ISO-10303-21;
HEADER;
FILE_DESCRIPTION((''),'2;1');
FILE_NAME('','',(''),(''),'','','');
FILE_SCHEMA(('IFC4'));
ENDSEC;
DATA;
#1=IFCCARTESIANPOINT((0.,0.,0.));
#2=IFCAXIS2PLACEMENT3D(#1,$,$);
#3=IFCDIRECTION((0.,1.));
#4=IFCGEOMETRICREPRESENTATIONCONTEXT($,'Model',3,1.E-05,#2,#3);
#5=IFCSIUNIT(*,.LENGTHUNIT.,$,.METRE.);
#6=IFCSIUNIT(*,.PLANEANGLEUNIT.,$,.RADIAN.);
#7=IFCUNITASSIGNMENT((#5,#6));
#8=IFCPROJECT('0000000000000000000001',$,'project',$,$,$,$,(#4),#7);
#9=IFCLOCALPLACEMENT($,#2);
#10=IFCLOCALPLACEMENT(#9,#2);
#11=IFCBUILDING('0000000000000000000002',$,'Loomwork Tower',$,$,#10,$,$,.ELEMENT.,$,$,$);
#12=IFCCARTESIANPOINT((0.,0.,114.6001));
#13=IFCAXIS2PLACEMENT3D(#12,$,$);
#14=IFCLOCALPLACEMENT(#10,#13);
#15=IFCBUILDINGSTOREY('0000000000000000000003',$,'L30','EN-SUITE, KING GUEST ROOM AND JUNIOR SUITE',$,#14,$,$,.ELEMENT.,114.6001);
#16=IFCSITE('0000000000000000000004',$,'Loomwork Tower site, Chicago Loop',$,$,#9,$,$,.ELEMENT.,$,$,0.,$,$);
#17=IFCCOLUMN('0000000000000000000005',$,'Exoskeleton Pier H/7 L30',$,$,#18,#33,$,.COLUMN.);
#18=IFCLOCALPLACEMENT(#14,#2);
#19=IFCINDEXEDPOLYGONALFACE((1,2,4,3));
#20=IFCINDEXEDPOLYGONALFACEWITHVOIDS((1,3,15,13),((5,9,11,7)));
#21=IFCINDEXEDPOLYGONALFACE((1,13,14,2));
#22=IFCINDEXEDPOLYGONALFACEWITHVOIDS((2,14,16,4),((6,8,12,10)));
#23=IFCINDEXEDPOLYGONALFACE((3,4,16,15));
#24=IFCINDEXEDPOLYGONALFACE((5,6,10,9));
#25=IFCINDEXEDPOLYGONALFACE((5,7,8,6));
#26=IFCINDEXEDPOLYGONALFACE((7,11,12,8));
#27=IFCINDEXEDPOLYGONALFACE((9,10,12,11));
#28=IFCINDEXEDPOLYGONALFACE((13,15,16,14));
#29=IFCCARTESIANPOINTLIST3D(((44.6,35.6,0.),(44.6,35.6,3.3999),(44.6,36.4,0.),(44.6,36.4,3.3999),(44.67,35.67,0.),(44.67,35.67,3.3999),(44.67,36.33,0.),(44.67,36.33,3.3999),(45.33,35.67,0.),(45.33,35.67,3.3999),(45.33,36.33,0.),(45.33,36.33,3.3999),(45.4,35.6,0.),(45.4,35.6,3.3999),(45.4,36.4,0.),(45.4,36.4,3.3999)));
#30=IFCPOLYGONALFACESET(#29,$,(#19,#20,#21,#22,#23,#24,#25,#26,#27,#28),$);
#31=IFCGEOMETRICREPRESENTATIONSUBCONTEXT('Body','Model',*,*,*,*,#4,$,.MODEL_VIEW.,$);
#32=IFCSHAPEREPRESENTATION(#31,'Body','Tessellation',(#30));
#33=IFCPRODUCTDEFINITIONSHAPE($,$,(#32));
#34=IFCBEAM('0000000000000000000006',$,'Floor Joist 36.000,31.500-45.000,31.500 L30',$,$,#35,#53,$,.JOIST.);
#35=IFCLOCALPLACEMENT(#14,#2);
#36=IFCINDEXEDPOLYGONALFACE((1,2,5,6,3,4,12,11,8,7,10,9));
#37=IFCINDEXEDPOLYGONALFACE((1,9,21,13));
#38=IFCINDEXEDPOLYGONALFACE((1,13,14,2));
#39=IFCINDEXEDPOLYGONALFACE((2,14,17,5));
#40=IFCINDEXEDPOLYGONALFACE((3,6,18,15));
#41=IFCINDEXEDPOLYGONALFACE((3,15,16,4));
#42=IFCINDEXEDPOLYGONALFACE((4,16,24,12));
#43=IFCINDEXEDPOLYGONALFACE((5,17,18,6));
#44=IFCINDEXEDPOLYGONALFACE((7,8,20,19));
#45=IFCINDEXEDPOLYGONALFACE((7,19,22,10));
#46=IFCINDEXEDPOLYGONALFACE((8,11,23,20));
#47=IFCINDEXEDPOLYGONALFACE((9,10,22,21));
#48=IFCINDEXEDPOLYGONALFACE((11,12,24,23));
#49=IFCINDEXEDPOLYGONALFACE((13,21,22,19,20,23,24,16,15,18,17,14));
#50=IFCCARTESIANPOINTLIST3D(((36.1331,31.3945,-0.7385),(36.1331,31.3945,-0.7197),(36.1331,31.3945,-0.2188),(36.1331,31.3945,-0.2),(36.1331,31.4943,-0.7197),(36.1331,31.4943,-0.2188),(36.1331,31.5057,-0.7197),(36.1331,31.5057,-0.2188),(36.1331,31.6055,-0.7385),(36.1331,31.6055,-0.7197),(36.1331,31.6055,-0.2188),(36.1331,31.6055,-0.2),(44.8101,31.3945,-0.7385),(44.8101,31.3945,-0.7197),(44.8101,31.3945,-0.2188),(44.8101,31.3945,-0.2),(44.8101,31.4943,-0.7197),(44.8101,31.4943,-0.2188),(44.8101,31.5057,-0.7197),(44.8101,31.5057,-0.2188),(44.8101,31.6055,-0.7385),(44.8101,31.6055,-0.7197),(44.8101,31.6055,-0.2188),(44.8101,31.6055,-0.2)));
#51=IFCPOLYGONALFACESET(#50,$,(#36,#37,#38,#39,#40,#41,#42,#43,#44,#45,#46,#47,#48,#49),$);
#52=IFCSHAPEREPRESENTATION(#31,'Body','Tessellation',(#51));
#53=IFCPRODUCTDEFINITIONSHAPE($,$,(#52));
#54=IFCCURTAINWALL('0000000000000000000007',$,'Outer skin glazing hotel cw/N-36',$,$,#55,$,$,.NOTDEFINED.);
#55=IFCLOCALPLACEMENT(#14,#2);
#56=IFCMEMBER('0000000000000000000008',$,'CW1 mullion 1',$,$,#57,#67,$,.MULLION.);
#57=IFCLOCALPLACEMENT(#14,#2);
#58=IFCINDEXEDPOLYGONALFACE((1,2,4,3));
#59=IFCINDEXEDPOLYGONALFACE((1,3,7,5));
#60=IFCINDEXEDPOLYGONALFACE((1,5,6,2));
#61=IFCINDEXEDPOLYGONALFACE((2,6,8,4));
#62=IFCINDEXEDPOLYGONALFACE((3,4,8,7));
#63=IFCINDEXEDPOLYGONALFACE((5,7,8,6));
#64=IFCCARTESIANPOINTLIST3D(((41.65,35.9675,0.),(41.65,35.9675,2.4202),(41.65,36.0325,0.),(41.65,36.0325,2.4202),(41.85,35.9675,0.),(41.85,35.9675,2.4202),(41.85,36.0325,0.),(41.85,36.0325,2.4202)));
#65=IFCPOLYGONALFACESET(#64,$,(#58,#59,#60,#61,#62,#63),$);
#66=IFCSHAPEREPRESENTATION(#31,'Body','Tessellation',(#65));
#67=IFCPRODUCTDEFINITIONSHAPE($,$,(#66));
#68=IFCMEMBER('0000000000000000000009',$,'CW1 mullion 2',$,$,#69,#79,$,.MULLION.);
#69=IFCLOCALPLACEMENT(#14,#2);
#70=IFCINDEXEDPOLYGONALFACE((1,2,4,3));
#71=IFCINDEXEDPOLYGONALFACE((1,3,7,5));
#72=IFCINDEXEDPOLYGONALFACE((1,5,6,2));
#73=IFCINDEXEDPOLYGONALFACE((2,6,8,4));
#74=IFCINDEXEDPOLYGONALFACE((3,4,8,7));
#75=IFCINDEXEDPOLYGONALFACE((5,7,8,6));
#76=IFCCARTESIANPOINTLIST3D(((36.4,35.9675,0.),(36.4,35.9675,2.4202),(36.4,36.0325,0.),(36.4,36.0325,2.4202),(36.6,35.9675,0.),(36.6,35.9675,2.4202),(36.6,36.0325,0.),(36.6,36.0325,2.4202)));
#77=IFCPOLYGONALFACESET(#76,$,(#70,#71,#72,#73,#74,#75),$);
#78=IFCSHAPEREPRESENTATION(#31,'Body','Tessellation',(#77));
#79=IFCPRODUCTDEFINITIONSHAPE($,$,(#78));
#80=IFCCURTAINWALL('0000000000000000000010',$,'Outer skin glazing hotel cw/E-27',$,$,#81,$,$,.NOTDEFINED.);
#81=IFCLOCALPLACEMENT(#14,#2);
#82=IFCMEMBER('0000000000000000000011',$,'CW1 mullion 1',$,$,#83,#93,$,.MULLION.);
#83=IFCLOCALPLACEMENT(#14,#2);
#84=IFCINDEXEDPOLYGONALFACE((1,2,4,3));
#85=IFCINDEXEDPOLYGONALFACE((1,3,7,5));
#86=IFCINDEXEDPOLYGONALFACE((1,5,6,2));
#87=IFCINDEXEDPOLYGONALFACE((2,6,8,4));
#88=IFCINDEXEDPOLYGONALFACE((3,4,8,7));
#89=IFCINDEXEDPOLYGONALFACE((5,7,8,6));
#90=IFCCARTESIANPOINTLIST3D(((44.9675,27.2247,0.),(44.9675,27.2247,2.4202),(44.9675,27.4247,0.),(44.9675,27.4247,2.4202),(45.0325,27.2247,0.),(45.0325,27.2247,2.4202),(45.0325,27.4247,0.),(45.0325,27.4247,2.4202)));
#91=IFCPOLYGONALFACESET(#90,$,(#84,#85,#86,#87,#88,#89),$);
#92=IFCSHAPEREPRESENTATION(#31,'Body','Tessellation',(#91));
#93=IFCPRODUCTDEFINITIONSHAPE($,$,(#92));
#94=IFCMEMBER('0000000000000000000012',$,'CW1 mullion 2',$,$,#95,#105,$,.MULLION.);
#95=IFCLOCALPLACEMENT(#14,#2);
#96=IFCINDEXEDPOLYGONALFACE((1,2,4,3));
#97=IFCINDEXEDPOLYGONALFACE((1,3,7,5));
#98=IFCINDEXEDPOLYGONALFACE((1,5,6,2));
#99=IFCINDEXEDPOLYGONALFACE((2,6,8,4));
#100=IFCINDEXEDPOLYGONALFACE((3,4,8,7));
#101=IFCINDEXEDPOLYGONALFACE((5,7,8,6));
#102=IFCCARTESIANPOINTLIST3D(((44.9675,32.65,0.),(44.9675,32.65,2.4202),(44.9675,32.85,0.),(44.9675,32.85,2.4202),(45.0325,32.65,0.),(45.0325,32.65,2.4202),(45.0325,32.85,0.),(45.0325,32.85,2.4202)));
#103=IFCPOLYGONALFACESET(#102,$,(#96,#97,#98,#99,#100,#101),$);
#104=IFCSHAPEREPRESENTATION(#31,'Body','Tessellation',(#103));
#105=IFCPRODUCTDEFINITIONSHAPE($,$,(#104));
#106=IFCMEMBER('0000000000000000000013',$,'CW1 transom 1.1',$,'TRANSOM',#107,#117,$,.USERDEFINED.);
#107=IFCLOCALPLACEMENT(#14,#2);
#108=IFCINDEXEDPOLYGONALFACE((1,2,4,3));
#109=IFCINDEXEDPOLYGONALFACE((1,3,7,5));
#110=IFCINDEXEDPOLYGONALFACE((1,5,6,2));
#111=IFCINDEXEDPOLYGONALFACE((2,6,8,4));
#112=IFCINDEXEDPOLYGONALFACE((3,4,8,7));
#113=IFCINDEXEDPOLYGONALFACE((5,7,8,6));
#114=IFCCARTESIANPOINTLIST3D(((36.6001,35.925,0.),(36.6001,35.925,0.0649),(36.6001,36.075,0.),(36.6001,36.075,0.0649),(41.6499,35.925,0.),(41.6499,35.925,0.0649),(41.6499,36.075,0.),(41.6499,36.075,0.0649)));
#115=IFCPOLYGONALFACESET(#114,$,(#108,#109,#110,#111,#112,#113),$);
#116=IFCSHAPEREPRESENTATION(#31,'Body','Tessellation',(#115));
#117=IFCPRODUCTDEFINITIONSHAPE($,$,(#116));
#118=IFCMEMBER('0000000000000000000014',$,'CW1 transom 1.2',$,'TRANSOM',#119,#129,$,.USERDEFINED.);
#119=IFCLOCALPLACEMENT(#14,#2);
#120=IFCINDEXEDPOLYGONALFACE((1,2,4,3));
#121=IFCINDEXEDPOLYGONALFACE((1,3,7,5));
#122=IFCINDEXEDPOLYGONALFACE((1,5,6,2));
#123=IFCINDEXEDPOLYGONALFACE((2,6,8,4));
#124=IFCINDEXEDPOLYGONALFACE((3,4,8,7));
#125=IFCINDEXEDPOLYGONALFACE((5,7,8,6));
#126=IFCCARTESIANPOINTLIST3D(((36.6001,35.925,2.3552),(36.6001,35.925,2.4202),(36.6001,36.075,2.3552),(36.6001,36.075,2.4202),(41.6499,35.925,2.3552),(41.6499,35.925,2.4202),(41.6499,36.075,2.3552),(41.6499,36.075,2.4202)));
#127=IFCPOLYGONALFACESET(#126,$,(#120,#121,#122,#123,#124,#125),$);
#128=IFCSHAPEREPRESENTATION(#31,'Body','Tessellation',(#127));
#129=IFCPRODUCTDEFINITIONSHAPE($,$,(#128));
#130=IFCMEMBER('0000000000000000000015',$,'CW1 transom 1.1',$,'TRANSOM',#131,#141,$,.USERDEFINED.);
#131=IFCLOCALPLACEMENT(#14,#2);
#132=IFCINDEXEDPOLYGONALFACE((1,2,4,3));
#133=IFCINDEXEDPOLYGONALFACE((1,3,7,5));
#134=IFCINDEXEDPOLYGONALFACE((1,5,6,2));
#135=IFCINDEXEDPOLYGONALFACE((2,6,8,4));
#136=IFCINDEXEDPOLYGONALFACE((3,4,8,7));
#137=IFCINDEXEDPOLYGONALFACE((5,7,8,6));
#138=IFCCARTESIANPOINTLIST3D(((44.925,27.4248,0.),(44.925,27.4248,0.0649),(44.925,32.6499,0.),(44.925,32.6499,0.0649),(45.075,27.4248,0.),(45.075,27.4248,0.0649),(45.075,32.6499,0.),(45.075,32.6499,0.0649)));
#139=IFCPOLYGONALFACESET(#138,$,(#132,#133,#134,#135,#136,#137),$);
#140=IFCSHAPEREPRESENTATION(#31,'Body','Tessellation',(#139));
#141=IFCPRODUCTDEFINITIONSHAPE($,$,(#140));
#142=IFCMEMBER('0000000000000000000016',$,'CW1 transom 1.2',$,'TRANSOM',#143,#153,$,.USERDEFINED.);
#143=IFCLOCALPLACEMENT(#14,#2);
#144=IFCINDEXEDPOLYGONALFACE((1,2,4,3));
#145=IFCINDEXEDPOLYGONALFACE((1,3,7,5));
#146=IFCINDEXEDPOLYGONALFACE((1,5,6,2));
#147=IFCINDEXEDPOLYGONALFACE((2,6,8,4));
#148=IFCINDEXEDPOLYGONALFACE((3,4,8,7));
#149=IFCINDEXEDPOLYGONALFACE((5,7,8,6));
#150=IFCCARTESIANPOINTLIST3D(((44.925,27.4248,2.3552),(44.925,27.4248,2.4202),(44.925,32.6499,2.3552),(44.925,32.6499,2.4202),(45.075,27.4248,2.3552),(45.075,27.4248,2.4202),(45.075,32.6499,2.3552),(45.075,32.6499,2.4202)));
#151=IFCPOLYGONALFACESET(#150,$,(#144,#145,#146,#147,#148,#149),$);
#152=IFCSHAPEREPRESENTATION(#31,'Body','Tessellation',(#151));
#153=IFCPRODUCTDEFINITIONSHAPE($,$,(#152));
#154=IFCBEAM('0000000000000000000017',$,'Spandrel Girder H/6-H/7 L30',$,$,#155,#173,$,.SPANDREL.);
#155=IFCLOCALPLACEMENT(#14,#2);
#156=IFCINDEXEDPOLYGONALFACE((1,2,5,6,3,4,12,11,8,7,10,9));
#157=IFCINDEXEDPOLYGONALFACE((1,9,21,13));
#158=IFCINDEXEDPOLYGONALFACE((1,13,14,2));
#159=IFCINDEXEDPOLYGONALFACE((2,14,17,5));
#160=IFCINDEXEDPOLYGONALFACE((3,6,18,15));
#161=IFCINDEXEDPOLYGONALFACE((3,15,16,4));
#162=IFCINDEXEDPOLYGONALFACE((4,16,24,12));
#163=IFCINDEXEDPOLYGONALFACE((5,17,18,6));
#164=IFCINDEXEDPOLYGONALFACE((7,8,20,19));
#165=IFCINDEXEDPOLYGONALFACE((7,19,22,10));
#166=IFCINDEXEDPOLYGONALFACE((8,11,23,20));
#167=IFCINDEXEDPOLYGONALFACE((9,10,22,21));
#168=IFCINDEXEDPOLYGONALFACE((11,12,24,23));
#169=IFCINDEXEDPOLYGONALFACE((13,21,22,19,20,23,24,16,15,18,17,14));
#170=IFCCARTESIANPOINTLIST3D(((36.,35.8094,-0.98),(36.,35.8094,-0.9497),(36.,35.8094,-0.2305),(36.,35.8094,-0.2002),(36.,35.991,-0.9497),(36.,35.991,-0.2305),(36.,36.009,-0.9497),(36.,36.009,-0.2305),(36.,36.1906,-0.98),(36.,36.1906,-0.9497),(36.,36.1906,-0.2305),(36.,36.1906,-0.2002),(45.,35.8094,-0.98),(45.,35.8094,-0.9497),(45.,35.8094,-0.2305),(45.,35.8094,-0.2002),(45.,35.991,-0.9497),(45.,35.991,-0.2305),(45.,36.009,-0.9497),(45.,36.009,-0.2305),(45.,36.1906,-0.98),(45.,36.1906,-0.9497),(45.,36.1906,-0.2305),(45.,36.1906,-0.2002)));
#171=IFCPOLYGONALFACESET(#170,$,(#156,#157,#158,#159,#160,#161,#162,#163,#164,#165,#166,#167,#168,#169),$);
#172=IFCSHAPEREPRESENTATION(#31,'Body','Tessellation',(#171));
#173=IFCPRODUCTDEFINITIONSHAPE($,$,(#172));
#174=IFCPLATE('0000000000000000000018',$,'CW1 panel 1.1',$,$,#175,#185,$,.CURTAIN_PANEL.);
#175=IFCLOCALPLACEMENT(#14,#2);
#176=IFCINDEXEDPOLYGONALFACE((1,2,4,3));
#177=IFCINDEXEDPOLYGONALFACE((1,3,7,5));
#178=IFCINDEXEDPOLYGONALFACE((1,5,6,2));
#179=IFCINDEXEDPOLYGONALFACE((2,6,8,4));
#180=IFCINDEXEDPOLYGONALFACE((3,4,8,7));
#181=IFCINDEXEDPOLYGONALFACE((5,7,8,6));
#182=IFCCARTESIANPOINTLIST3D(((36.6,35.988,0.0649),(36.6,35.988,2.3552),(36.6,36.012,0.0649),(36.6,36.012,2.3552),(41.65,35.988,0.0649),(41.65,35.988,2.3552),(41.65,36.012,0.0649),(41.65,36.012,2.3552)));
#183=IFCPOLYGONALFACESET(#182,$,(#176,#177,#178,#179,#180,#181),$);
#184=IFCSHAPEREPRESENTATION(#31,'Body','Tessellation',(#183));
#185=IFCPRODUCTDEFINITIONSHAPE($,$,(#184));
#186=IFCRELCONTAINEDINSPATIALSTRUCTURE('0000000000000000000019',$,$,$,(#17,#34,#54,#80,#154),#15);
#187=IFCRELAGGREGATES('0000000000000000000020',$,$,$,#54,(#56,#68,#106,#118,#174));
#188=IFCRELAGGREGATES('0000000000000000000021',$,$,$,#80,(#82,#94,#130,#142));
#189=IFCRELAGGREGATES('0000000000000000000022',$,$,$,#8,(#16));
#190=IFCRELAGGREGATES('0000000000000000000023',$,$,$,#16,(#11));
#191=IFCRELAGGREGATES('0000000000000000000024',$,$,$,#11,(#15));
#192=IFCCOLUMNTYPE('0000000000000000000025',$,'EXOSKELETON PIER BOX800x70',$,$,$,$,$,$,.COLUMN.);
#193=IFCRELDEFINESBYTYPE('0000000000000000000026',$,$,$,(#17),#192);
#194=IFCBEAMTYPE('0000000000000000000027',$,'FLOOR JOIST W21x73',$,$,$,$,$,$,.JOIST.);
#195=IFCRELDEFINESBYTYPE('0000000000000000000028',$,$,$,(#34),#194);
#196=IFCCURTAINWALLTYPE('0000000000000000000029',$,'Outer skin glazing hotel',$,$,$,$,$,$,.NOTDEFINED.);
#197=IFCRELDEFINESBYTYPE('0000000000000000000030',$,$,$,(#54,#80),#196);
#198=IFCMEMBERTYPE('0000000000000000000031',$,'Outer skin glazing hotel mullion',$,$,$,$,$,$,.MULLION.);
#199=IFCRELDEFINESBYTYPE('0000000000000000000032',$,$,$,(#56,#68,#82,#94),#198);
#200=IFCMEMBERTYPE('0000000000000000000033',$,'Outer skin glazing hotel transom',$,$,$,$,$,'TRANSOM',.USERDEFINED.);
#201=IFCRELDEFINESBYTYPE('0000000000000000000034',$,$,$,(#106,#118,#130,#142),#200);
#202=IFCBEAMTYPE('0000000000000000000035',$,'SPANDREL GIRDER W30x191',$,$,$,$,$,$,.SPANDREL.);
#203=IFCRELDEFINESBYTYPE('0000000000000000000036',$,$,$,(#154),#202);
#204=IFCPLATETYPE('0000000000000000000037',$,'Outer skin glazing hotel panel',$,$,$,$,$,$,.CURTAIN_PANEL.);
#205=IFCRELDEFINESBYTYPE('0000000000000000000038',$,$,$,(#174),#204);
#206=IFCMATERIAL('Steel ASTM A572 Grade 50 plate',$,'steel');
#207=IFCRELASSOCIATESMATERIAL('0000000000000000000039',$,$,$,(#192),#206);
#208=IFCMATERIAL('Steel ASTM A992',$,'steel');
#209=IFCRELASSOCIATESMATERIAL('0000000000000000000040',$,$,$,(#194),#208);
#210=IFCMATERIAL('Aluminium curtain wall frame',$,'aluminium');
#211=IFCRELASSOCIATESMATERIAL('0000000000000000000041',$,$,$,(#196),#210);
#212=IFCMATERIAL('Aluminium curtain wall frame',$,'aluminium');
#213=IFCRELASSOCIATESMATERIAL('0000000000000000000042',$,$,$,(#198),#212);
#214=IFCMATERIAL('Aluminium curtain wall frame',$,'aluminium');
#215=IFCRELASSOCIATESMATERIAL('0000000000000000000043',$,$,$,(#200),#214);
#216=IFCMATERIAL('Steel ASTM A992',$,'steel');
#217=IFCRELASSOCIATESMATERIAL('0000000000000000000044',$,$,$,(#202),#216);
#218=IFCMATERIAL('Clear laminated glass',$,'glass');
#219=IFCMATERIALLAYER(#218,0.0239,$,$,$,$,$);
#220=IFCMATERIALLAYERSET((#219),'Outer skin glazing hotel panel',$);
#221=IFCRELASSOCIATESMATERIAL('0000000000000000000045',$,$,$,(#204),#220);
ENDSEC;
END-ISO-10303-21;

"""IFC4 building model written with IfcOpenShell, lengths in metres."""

from ifc_helpers import new_model, si_unit, direction, frame, origin, origin_2d, place, context, subcontext, project, spatial, rectangle, hollow_rectangle, i_section, extrude, material, layer, layer_set, material_profile, profile_set, type_object, element, aggregate, save


model = new_model("IFC4")

# Units and contexts
model_context = context("Model", 3, precision=1e-05, world=origin(), true_north=direction((0.0, 1.0)))
body_context = subcontext(model_context, "Body", "Model", "MODEL_VIEW")
ifc_project = project(units=[si_unit("LENGTHUNIT", "METRE"), si_unit("PLANEANGLEUNIT", "RADIAN")], contexts=[model_context])

# Site, building, storey
site_placement = place(None, origin())
site = spatial("IfcSite", under=ifc_project, at=site_placement, Name="Loomwork Tower site, Chicago Loop", CompositionType="ELEMENT", RefElevation=0.0)
building_placement = place(site_placement, origin())
building = spatial("IfcBuilding", under=site, at=building_placement, Name="Loomwork Tower", CompositionType="ELEMENT")
storey_placement = place(building_placement, frame((0.0, 0.0, 114.6001)))
storey = spatial("IfcBuildingStorey", under=building, at=storey_placement, Name="L30", Description="EN-SUITE, KING GUEST ROOM AND JUNIOR SUITE", CompositionType="ELEMENT", Elevation=114.6001)

# Column
ifc_material_1 = material(Name="Steel ASTM A572 Grade 50 plate", Category="steel")
ifc_material_profile_1 = material_profile(ifc_material_1, hollow_rectangle(XDim=0.8, YDim=0.8, WallThickness=0.0701, at=origin_2d()), Name="BOX800x70")
ifc_profile_set_1 = profile_set([ifc_material_profile_1], Name="Steel ASTM A572 Grade 50 plate")
column_type = type_object("IfcColumnType", Name="EXOSKELETON PIER BOX800x70", PredefinedType="COLUMN", material=ifc_profile_set_1)
column_placement = place(storey_placement, frame((45.0, 36.0, 0.0), z_axis=(0.0, 0.0, 1.0), x_axis=(1.0, 0.0, 0.0)))
element("IfcColumn", 1, at=column_placement, inside=storey, type_object=column_type, Name="Exoskeleton Pier H/7 L30", PredefinedType="COLUMN", context=body_context, shape_type="SweptSolid", body=[
    extrude(hollow_rectangle(XDim=0.8, YDim=0.8, WallThickness=0.0701, at=origin_2d()), origin(), (0.0, 0.0, 1.0), 3.3999),
])

# Beam
ifc_material_2 = material(Name="Steel ASTM A992", Category="steel")
ifc_material_profile_2 = material_profile(ifc_material_2, i_section(OverallWidth=0.2109, OverallDepth=0.5386, WebThickness=0.0115, FlangeThickness=0.0188, at=origin_2d()), Name="W21x73")
ifc_profile_set_2 = profile_set([ifc_material_profile_2], Name="Steel ASTM A992")
beam_type_1 = type_object("IfcBeamType", Name="FLOOR JOIST W21x73", PredefinedType="JOIST", material=ifc_profile_set_2)
beam_1_placement = place(storey_placement, frame((36.1331, 31.5, -0.4692), z_axis=(1.0, 0.0, 0.0), x_axis=(0.0, 1.0, 0.0)))
element("IfcBeam", 2, at=beam_1_placement, inside=storey, type_object=beam_type_1, Name="Floor Joist 36.000,31.500-45.000,31.500 L30", PredefinedType="JOIST", context=body_context, shape_type="SweptSolid", body=[
    extrude(i_section(OverallWidth=0.2109, OverallDepth=0.5386, WebThickness=0.0115, FlangeThickness=0.0188, at=origin_2d()), origin(), (0.0, 0.0, 1.0), 8.677),
])

# Curtain walls, members
ifc_material_3 = material(Name="Aluminium curtain wall frame", Category="aluminium")
curtain_wall_type = type_object("IfcCurtainWallType", Name="Outer skin glazing hotel", PredefinedType="NOTDEFINED", material=ifc_material_3)
curtain_wall_1_placement = place(storey_placement, origin())
curtain_wall_1 = element("IfcCurtainWall", 3, at=curtain_wall_1_placement, inside=storey, type_object=curtain_wall_type, Name="Outer skin glazing hotel cw/N-36", PredefinedType="NOTDEFINED")
ifc_material_4 = material(Name="Aluminium curtain wall frame", Category="aluminium")
ifc_material_profile_3 = material_profile(ifc_material_4, rectangle(XDim=0.0649, YDim=0.2, at=origin_2d()), Name="AL 65x200")
ifc_profile_set_3 = profile_set([ifc_material_profile_3], Name="Aluminium curtain wall frame")
member_type_1 = type_object("IfcMemberType", Name="Outer skin glazing hotel mullion", PredefinedType="MULLION", material=ifc_profile_set_3)
member_1_placement = place(storey_placement, frame((41.75, 36.0, 0.0), z_axis=(0.0, 0.0, 1.0), x_axis=(0.0, -1.0, 0.0)))
member_1 = element("IfcMember", 4, at=member_1_placement, type_object=member_type_1, Name="CW1 mullion 1", PredefinedType="MULLION", context=body_context, shape_type="SweptSolid", body=[
    extrude(rectangle(XDim=0.0649, YDim=0.2, at=origin_2d()), origin(), (0.0, 0.0, 1.0), 2.4202),
])
member_2_placement = place(storey_placement, frame((36.5, 36.0, 0.0), z_axis=(0.0, 0.0, 1.0), x_axis=(0.0, -1.0, 0.0)))
member_2 = element("IfcMember", 5, at=member_2_placement, type_object=member_type_1, Name="CW1 mullion 2", PredefinedType="MULLION", context=body_context, shape_type="SweptSolid", body=[
    extrude(rectangle(XDim=0.0649, YDim=0.2, at=origin_2d()), origin(), (0.0, 0.0, 1.0), 2.4202),
])
curtain_wall_2_placement = place(storey_placement, origin())
curtain_wall_2 = element("IfcCurtainWall", 6, at=curtain_wall_2_placement, inside=storey, type_object=curtain_wall_type, Name="Outer skin glazing hotel cw/E-27", PredefinedType="NOTDEFINED")
member_3_placement = place(storey_placement, frame((45.0, 27.3247, 0.0), z_axis=(0.0, 0.0, 1.0), x_axis=(-1.0, 0.0, 0.0)))
member_3 = element("IfcMember", 7, at=member_3_placement, type_object=member_type_1, Name="CW1 mullion 1", PredefinedType="MULLION", context=body_context, shape_type="SweptSolid", body=[
    extrude(rectangle(XDim=0.0649, YDim=0.2, at=origin_2d()), origin(), (0.0, 0.0, 1.0), 2.4202),
])
member_4_placement = place(storey_placement, frame((45.0, 32.75, 0.0), z_axis=(0.0, 0.0, 1.0), x_axis=(-1.0, 0.0, 0.0)))
member_4 = element("IfcMember", 8, at=member_4_placement, type_object=member_type_1, Name="CW1 mullion 2", PredefinedType="MULLION", context=body_context, shape_type="SweptSolid", body=[
    extrude(rectangle(XDim=0.0649, YDim=0.2, at=origin_2d()), origin(), (0.0, 0.0, 1.0), 2.4202),
])

# Members
ifc_material_5 = material(Name="Aluminium curtain wall frame", Category="aluminium")
ifc_material_profile_4 = material_profile(ifc_material_5, rectangle(XDim=0.1499, YDim=0.0649, at=origin_2d()), Name="AL 65x150")
ifc_profile_set_4 = profile_set([ifc_material_profile_4], Name="Aluminium curtain wall frame")
member_type_2 = type_object("IfcMemberType", Name="Outer skin glazing hotel transom", ElementType="TRANSOM", PredefinedType="USERDEFINED", material=ifc_profile_set_4)
member_5_placement = place(storey_placement, frame((41.6499, 36.0, 0.0325), z_axis=(-1.0, 0.0, 0.0), x_axis=(0.0, -1.0, 0.0)))
member_5 = element("IfcMember", 9, at=member_5_placement, type_object=member_type_2, Name="CW1 transom 1.1", ObjectType="TRANSOM", PredefinedType="USERDEFINED", context=body_context, shape_type="SweptSolid", body=[
    extrude(rectangle(XDim=0.1499, YDim=0.0649, at=origin_2d()), origin(), (0.0, 0.0, 1.0), 5.0498),
])
member_6_placement = place(storey_placement, frame((41.6499, 36.0, 2.3877), z_axis=(-1.0, 0.0, 0.0), x_axis=(0.0, -1.0, 0.0)))
member_6 = element("IfcMember", 10, at=member_6_placement, type_object=member_type_2, Name="CW1 transom 1.2", ObjectType="TRANSOM", PredefinedType="USERDEFINED", context=body_context, shape_type="SweptSolid", body=[
    extrude(rectangle(XDim=0.1499, YDim=0.0649, at=origin_2d()), origin(), (0.0, 0.0, 1.0), 5.0498),
])
member_7_placement = place(storey_placement, frame((45.0, 27.4248, 0.0325), z_axis=(0.0, 1.0, 0.0), x_axis=(-1.0, 0.0, 0.0)))
member_7 = element("IfcMember", 11, at=member_7_placement, type_object=member_type_2, Name="CW1 transom 1.1", ObjectType="TRANSOM", PredefinedType="USERDEFINED", context=body_context, shape_type="SweptSolid", body=[
    extrude(rectangle(XDim=0.1499, YDim=0.0649, at=origin_2d()), origin(), (0.0, 0.0, 1.0), 5.2251),
])
member_8_placement = place(storey_placement, frame((45.0, 27.4248, 2.3877), z_axis=(0.0, 1.0, 0.0), x_axis=(-1.0, 0.0, 0.0)))
member_8 = element("IfcMember", 12, at=member_8_placement, type_object=member_type_2, Name="CW1 transom 1.2", ObjectType="TRANSOM", PredefinedType="USERDEFINED", context=body_context, shape_type="SweptSolid", body=[
    extrude(rectangle(XDim=0.1499, YDim=0.0649, at=origin_2d()), origin(), (0.0, 0.0, 1.0), 5.2251),
])

# Beam
ifc_material_6 = material(Name="Steel ASTM A992", Category="steel")
ifc_material_profile_5 = material_profile(ifc_material_6, i_section(OverallWidth=0.3811, OverallDepth=0.7798, WebThickness=0.0181, FlangeThickness=0.0303, at=origin_2d()), Name="W30x191")
ifc_profile_set_5 = profile_set([ifc_material_profile_5], Name="Steel ASTM A992")
beam_type_2 = type_object("IfcBeamType", Name="SPANDREL GIRDER W30x191", PredefinedType="SPANDREL", material=ifc_profile_set_5)
beam_2_placement = place(storey_placement, frame((36.0, 36.0, -0.5901), z_axis=(1.0, 0.0, 0.0), x_axis=(0.0, 1.0, 0.0)))
element("IfcBeam", 13, at=beam_2_placement, inside=storey, type_object=beam_type_2, Name="Spandrel Girder H/6-H/7 L30", PredefinedType="SPANDREL", context=body_context, shape_type="SweptSolid", body=[
    extrude(i_section(OverallWidth=0.3811, OverallDepth=0.7798, WebThickness=0.0181, FlangeThickness=0.0303, at=origin_2d()), origin(), (0.0, 0.0, 1.0), 9.0),
])

# Plate
ifc_material_7 = material(Name="Clear laminated glass", Category="glass")
ifc_layer_1 = layer(ifc_material_7, 0.0239)
ifc_layer_set_1 = layer_set([ifc_layer_1], Name="Outer skin glazing hotel panel")
plate_type = type_object("IfcPlateType", Name="Outer skin glazing hotel panel", PredefinedType="CURTAIN_PANEL", material=ifc_layer_set_1)
plate_1_placement = place(storey_placement, frame((39.125, 36.0, 0.0649), z_axis=(0.0, 0.0, 1.0), x_axis=(-1.0, 0.0, 0.0)))
plate_1 = element("IfcPlate", 14, at=plate_1_placement, type_object=plate_type, Name="CW1 panel 1.1", PredefinedType="CURTAIN_PANEL", context=body_context, shape_type="SweptSolid", body=[
    extrude(rectangle(XDim=5.05, YDim=0.0239, at=origin_2d()), origin(), (0.0, 0.0, 1.0), 2.2903),
])
aggregate(curtain_wall_1, [member_1, member_2, member_5, member_6, plate_1])
aggregate(curtain_wall_2, [member_3, member_4, member_7, member_8])

save(model, "model.ifc")
